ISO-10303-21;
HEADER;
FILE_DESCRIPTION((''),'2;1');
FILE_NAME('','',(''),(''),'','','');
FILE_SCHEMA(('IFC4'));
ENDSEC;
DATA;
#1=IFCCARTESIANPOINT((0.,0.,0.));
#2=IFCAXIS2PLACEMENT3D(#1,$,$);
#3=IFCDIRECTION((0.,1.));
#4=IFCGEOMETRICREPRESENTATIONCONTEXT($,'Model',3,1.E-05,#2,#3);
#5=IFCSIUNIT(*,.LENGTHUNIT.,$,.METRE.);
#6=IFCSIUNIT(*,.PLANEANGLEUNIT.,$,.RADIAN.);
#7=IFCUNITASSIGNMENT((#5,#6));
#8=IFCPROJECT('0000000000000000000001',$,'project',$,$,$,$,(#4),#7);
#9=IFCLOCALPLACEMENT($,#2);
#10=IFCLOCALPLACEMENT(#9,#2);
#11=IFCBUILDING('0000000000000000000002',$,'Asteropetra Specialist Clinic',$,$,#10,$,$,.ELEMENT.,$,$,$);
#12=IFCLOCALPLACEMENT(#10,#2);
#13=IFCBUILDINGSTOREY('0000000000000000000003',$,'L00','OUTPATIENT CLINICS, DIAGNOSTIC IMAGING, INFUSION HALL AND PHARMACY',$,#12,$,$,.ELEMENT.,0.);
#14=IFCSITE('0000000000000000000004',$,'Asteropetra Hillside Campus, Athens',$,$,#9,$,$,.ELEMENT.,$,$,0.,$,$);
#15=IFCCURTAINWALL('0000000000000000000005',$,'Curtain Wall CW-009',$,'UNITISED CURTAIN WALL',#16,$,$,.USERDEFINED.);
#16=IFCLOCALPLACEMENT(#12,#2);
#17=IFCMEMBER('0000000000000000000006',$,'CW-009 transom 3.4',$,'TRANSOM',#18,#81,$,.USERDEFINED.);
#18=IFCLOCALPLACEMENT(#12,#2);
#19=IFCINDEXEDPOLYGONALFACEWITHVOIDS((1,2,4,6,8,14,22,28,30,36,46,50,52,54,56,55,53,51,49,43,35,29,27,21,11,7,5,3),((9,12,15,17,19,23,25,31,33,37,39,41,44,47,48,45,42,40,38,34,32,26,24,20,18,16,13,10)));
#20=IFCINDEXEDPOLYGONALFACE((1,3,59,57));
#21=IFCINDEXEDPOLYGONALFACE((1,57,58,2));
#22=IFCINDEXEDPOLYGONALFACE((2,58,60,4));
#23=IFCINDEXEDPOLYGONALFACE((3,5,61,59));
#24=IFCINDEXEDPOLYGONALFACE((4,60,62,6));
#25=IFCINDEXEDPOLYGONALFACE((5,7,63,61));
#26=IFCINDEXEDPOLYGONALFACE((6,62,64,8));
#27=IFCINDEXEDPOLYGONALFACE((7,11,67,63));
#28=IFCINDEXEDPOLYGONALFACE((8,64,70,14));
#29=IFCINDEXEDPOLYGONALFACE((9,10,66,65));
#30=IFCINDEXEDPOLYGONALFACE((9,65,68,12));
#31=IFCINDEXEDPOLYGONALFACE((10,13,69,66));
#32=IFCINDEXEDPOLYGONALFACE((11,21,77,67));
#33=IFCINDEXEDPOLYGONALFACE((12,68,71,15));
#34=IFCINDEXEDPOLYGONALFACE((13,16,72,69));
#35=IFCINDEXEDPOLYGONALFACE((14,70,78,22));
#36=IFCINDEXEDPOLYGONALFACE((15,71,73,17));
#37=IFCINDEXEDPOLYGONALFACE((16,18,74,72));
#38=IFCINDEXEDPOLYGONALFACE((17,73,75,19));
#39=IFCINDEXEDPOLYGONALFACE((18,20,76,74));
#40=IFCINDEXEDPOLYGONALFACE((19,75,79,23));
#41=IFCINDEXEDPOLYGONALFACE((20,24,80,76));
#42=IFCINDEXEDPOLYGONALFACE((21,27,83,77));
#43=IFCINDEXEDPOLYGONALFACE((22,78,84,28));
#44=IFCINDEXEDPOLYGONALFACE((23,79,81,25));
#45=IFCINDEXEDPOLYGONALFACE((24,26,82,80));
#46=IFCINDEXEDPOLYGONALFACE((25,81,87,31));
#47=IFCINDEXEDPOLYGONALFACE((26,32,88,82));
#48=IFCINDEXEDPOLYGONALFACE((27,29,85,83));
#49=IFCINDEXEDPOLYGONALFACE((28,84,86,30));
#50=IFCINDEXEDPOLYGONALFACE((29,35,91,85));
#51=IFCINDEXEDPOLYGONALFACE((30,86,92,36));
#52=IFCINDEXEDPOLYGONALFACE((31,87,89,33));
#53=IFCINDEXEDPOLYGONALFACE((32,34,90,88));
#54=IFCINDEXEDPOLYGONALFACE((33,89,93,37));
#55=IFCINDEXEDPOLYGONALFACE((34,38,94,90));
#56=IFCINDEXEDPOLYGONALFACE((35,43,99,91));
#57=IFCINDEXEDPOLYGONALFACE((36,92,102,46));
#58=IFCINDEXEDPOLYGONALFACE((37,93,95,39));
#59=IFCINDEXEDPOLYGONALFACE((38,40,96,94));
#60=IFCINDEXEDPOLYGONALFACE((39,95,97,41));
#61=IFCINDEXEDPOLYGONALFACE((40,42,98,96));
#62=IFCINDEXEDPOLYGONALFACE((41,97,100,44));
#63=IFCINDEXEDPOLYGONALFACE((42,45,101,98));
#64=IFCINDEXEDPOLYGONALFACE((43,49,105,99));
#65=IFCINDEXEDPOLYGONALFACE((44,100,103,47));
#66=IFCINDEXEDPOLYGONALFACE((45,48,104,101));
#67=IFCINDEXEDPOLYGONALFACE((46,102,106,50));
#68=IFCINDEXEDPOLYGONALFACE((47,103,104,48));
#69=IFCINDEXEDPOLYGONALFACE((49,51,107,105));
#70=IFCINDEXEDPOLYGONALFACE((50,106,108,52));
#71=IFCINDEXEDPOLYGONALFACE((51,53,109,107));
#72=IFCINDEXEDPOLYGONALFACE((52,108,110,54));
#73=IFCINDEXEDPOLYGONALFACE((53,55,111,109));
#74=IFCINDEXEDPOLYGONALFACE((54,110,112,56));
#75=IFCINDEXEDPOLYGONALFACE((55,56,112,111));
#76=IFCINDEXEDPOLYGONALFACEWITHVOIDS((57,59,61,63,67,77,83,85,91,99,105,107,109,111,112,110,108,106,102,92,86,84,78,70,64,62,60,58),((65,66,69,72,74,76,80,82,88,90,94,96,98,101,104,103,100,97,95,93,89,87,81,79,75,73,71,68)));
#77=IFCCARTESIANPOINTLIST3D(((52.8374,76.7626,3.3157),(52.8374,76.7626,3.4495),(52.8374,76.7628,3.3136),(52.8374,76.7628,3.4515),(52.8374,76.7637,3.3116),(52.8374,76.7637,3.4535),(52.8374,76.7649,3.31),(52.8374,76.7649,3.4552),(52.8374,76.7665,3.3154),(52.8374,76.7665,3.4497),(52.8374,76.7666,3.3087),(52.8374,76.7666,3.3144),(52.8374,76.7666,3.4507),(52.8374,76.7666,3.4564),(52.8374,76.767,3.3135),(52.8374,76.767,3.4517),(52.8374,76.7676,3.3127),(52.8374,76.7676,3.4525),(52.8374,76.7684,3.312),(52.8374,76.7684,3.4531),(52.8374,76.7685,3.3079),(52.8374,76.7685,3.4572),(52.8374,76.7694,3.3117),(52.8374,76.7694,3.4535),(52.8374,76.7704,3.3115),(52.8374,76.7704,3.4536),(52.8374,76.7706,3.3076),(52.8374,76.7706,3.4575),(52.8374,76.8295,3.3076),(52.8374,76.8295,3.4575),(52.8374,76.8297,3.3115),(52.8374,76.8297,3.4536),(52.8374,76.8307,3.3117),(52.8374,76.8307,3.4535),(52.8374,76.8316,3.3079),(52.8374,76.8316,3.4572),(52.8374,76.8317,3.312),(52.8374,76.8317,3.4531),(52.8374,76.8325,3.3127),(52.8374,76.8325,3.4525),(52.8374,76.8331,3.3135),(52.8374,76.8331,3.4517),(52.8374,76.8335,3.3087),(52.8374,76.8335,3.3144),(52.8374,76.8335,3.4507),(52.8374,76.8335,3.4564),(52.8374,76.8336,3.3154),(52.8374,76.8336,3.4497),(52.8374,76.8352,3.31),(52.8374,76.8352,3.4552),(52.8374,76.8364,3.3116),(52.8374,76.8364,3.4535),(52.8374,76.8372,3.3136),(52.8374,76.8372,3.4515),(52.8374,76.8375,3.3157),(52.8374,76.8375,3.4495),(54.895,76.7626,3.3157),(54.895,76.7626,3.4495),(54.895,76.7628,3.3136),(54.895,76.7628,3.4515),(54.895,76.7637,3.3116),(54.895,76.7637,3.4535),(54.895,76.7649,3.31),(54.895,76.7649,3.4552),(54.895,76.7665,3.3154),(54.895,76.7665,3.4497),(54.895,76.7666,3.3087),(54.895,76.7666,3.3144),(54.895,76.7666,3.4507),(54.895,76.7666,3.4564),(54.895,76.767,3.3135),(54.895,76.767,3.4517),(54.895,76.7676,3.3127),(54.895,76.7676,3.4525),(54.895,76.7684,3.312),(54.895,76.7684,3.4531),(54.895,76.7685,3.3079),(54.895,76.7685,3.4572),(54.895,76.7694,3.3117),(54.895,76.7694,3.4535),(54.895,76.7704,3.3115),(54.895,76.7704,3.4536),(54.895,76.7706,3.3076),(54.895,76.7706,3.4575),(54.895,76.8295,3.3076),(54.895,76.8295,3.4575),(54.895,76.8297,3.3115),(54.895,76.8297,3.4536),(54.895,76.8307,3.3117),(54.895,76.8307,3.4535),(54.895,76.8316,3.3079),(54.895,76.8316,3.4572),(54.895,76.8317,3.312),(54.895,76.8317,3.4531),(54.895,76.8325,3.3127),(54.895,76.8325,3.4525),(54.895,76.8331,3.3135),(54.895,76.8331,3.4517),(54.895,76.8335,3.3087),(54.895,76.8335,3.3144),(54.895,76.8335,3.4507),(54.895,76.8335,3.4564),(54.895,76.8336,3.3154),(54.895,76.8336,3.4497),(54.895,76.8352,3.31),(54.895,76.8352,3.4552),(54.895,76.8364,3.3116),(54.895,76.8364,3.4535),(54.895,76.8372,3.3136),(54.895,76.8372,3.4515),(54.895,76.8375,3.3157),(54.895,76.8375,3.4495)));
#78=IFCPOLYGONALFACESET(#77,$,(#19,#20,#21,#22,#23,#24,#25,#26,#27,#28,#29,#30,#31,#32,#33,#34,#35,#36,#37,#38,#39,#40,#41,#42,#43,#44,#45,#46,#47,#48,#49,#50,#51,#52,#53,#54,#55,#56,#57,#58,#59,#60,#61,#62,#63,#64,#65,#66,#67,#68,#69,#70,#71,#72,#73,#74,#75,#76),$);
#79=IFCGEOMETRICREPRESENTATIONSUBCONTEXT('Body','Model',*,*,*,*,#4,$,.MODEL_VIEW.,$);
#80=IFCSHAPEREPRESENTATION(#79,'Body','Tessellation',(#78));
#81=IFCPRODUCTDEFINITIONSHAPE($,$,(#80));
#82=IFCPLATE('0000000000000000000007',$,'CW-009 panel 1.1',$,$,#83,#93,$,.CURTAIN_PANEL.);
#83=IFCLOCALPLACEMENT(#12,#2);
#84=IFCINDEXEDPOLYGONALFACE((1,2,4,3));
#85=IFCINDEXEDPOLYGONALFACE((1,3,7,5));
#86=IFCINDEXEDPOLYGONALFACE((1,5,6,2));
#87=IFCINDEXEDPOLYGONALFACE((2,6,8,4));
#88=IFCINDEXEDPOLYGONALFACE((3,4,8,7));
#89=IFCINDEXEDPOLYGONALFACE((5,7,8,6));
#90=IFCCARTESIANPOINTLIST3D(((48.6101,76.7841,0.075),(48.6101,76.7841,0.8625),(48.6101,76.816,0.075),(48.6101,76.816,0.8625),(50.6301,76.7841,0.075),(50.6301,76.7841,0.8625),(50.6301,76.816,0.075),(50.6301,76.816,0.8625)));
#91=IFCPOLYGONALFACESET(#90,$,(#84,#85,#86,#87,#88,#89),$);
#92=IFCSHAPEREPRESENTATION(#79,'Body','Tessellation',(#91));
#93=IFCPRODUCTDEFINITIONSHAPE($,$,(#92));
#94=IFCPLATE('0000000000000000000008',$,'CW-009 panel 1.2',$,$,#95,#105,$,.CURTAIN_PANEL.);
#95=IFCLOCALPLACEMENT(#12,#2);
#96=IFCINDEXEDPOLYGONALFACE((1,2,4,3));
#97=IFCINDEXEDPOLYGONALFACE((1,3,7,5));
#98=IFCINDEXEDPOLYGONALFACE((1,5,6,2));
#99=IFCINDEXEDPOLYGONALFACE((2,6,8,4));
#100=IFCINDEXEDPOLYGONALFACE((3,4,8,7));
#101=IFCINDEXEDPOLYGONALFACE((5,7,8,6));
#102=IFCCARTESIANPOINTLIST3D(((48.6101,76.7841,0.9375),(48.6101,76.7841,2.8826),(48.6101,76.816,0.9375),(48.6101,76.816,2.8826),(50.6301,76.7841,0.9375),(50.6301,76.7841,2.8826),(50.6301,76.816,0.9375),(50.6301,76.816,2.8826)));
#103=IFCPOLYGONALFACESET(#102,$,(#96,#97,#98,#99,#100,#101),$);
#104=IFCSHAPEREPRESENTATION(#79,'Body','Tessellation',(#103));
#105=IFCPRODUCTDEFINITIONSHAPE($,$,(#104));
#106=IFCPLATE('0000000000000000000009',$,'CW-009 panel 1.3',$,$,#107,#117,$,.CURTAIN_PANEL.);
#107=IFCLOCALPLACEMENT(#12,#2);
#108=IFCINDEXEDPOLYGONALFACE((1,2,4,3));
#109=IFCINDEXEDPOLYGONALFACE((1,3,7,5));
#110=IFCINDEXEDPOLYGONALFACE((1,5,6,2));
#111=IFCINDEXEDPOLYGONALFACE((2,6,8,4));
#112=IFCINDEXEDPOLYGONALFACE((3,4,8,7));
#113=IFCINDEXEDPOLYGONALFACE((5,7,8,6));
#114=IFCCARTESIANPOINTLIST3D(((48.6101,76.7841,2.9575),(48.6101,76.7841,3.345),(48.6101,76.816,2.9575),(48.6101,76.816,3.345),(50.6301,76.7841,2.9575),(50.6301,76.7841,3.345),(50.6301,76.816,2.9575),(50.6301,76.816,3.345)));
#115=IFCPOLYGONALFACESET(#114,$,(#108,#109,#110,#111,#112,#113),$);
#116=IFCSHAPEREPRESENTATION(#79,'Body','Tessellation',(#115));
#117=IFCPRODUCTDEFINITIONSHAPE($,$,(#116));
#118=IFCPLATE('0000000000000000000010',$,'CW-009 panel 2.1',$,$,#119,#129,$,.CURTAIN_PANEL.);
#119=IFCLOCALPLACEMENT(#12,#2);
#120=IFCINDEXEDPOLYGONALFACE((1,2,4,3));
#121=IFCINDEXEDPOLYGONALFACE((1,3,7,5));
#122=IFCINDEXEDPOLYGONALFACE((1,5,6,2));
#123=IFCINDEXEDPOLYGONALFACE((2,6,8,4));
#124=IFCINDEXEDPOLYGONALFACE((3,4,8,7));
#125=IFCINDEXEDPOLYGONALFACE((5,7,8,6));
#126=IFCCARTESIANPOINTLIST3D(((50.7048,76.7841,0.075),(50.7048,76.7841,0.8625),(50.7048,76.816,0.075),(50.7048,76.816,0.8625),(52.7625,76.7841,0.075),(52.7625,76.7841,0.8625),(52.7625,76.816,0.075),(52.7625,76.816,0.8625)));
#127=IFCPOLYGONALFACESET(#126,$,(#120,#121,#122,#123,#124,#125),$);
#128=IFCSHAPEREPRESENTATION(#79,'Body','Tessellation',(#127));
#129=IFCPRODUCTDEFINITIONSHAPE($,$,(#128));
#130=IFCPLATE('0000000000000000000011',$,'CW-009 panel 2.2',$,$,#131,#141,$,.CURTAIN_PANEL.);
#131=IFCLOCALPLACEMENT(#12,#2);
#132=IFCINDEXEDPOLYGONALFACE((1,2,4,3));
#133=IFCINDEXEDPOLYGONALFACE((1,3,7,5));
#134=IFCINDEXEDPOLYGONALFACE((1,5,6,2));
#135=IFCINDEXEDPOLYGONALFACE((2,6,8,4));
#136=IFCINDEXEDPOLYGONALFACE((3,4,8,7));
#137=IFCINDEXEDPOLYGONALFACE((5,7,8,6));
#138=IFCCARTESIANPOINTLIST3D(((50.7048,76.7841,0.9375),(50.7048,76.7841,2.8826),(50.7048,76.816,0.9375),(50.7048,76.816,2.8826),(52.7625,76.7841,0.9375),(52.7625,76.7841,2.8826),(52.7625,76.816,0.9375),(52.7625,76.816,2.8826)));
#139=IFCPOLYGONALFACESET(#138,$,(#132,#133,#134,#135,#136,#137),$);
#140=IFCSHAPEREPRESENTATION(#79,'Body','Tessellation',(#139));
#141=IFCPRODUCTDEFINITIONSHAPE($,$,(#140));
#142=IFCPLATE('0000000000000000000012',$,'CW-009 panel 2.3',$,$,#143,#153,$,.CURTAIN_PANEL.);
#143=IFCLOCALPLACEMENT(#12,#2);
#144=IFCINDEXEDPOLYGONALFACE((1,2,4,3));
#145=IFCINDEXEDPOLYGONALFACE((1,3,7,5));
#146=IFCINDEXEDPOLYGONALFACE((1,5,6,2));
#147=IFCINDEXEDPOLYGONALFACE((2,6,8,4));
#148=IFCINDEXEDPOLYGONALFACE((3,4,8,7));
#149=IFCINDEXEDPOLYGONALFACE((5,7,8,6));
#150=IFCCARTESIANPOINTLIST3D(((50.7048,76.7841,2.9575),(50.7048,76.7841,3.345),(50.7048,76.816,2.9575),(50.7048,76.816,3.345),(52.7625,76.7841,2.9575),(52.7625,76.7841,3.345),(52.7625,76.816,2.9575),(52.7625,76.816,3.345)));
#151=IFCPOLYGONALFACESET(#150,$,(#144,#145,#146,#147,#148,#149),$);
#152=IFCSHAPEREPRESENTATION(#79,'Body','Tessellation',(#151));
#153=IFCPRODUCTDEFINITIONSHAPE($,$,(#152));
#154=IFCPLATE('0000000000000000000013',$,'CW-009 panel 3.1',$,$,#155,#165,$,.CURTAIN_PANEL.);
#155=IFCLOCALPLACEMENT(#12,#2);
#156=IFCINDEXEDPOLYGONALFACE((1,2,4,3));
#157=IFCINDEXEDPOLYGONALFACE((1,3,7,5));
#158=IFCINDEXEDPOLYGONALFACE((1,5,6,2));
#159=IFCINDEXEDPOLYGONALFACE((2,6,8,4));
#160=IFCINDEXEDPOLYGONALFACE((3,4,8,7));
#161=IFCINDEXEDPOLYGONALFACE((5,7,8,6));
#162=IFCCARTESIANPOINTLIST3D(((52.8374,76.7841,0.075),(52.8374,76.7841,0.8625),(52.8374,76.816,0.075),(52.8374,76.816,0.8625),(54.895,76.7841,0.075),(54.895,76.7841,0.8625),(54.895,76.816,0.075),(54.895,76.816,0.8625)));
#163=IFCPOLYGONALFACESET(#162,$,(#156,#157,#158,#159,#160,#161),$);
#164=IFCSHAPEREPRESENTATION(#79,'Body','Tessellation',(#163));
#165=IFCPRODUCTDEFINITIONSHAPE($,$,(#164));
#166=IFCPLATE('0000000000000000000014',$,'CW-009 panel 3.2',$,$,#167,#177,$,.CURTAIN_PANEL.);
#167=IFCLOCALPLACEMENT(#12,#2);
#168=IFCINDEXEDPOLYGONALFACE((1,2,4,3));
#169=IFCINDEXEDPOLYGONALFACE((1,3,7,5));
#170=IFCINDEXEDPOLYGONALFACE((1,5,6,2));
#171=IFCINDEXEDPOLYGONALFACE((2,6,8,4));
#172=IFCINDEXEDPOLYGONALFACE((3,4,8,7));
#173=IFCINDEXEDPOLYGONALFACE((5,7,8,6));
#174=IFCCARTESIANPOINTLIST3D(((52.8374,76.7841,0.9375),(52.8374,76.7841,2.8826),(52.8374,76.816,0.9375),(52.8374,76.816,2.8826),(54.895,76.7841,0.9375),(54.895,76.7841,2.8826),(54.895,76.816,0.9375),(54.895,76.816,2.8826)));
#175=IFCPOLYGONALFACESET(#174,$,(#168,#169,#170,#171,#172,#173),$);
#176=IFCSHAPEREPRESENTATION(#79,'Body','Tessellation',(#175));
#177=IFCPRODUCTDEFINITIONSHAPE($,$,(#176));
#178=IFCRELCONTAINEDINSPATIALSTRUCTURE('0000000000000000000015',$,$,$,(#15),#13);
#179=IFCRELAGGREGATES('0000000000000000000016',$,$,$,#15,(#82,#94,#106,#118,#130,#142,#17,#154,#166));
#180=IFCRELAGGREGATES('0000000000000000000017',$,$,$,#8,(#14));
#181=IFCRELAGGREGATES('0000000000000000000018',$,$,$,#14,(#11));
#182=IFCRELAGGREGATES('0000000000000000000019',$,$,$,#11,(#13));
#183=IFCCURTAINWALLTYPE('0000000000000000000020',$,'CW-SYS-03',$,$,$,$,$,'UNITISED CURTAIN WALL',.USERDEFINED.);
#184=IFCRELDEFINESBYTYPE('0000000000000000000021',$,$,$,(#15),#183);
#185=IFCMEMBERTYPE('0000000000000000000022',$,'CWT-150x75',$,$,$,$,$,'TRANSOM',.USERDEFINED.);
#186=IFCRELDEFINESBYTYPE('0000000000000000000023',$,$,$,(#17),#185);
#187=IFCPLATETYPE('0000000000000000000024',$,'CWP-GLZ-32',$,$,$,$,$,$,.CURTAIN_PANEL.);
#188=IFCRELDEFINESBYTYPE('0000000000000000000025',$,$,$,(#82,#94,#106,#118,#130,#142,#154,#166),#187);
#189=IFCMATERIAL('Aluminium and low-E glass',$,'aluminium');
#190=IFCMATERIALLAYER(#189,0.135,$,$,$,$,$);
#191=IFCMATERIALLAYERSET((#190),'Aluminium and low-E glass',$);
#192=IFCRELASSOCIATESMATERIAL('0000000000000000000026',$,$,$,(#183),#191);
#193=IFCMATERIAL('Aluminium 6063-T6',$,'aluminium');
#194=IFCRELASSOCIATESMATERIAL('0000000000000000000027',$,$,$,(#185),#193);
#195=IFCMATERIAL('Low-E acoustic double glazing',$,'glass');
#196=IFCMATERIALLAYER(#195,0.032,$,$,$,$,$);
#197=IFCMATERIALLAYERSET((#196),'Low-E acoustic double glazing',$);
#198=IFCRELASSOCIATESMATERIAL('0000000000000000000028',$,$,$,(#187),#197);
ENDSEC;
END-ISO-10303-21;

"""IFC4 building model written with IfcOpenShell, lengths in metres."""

from ifc_helpers import new_model, si_unit, direction, frame, origin, origin_2d, place, context, subcontext, project, spatial, rectangle, hollow_rectangle, extrude, material, layer, layer_set, material_profile, profile_set, type_object, element, aggregate, save


model = new_model("IFC4")

# Units and contexts
model_context = context("Model", 3, precision=1e-05, world=origin(), true_north=direction((0.0, 1.0)))
body_context = subcontext(model_context, "Body", "Model", "MODEL_VIEW")
ifc_project = project(units=[si_unit("LENGTHUNIT", "METRE"), si_unit("PLANEANGLEUNIT", "RADIAN")], contexts=[model_context])

# Site, building, storey
site_placement = place(None, origin())
site = spatial("IfcSite", under=ifc_project, at=site_placement, Name="Asteropetra Hillside Campus, Athens", CompositionType="ELEMENT", RefElevation=0.0)
building_placement = place(site_placement, origin())
building = spatial("IfcBuilding", under=site, at=building_placement, Name="Asteropetra Specialist Clinic", CompositionType="ELEMENT")
storey_placement = place(building_placement, origin())
storey = spatial("IfcBuildingStorey", under=building, at=storey_placement, Name="L00", Description="OUTPATIENT CLINICS, DIAGNOSTIC IMAGING, INFUSION HALL AND PHARMACY", CompositionType="ELEMENT", Elevation=0.0)

# Curtain wall, member, plates
ifc_material_1 = material(Name="Aluminium and low-E glass", Category="aluminium")
ifc_layer_1 = layer(ifc_material_1, 0.135)
ifc_layer_set_1 = layer_set([ifc_layer_1], Name="Aluminium and low-E glass")
curtain_wall_type = type_object("IfcCurtainWallType", Name="CW-SYS-03", ElementType="UNITISED CURTAIN WALL", PredefinedType="USERDEFINED", material=ifc_layer_set_1)
curtain_wall_placement = place(storey_placement, origin())
curtain_wall = element("IfcCurtainWall", 1, at=curtain_wall_placement, inside=storey, type_object=curtain_wall_type, Name="Curtain Wall CW-009", ObjectType="UNITISED CURTAIN WALL", PredefinedType="USERDEFINED")
ifc_material_2 = material(Name="Aluminium 6063-T6", Category="aluminium")
ifc_material_profile_1 = material_profile(ifc_material_2, hollow_rectangle(XDim=0.075, YDim=0.1499, WallThickness=0.0039, InnerFilletRadius=0.0039, OuterFilletRadius=0.0081, at=origin_2d()), Name="TRN 150x75x4.0")
ifc_profile_set_1 = profile_set([ifc_material_profile_1], Name="Aluminium 6063-T6")
member_type_1 = type_object("IfcMemberType", Name="CWT-150x75", ElementType="TRANSOM", PredefinedType="USERDEFINED", material=ifc_profile_set_1)
member_1_placement = place(storey_placement, frame((52.8374, 76.8, 3.3826), z_axis=(1.0, 0.0, 0.0), x_axis=(0.0, 1.0, 0.0)))
member_1 = element("IfcMember", 2, at=member_1_placement, type_object=member_type_1, Name="CW-009 transom 3.4", ObjectType="TRANSOM", PredefinedType="USERDEFINED", context=body_context, shape_type="SweptSolid", body=[
    extrude(hollow_rectangle(XDim=0.075, YDim=0.1499, WallThickness=0.0039, InnerFilletRadius=0.0039, OuterFilletRadius=0.0081, at=origin_2d()), origin(), (0.0, 0.0, 1.0), 2.0576),
])
ifc_material_3 = material(Name="Low-E acoustic double glazing", Category="glass")
ifc_layer_2 = layer(ifc_material_3, 0.032)
ifc_layer_set_2 = layer_set([ifc_layer_2], Name="Low-E acoustic double glazing")
plate_type = type_object("IfcPlateType", Name="CWP-GLZ-32", PredefinedType="CURTAIN_PANEL", material=ifc_layer_set_2)
plate_1_placement = place(storey_placement, frame((49.6201, 76.8, 0.075), z_axis=(0.0, 0.0, 1.0), x_axis=(1.0, 0.0, 0.0)))
plate_1 = element("IfcPlate", 3, at=plate_1_placement, type_object=plate_type, Name="CW-009 panel 1.1", PredefinedType="CURTAIN_PANEL", context=body_context, shape_type="SweptSolid", body=[
    extrude(rectangle(XDim=2.02, YDim=0.032, at=origin_2d()), origin(), (0.0, 0.0, 1.0), 0.7876),
])
plate_2_placement = place(storey_placement, frame((49.6201, 76.8, 0.9375), z_axis=(0.0, 0.0, 1.0), x_axis=(1.0, 0.0, 0.0)))
plate_2 = element("IfcPlate", 4, at=plate_2_placement, type_object=plate_type, Name="CW-009 panel 1.2", PredefinedType="CURTAIN_PANEL", context=body_context, shape_type="SweptSolid", body=[
    extrude(rectangle(XDim=2.02, YDim=0.032, at=origin_2d()), origin(), (0.0, 0.0, 1.0), 1.9451),
])
plate_3_placement = place(storey_placement, frame((49.6201, 76.8, 2.9575), z_axis=(0.0, 0.0, 1.0), x_axis=(1.0, 0.0, 0.0)))
plate_3 = element("IfcPlate", 5, at=plate_3_placement, type_object=plate_type, Name="CW-009 panel 1.3", PredefinedType="CURTAIN_PANEL", context=body_context, shape_type="SweptSolid", body=[
    extrude(rectangle(XDim=2.02, YDim=0.032, at=origin_2d()), origin(), (0.0, 0.0, 1.0), 0.3875),
])
plate_4_placement = place(storey_placement, frame((51.7336, 76.8, 0.075), z_axis=(0.0, 0.0, 1.0), x_axis=(1.0, 0.0, 0.0)))
plate_4 = element("IfcPlate", 6, at=plate_4_placement, type_object=plate_type, Name="CW-009 panel 2.1", PredefinedType="CURTAIN_PANEL", context=body_context, shape_type="SweptSolid", body=[
    extrude(rectangle(XDim=2.0576, YDim=0.032, at=origin_2d()), origin(), (0.0, 0.0, 1.0), 0.7876),
])
plate_5_placement = place(storey_placement, frame((51.7336, 76.8, 0.9375), z_axis=(0.0, 0.0, 1.0), x_axis=(1.0, 0.0, 0.0)))
plate_5 = element("IfcPlate", 7, at=plate_5_placement, type_object=plate_type, Name="CW-009 panel 2.2", PredefinedType="CURTAIN_PANEL", context=body_context, shape_type="SweptSolid", body=[
    extrude(rectangle(XDim=2.0576, YDim=0.032, at=origin_2d()), origin(), (0.0, 0.0, 1.0), 1.9451),
])
plate_6_placement = place(storey_placement, frame((51.7336, 76.8, 2.9575), z_axis=(0.0, 0.0, 1.0), x_axis=(1.0, 0.0, 0.0)))
plate_6 = element("IfcPlate", 8, at=plate_6_placement, type_object=plate_type, Name="CW-009 panel 2.3", PredefinedType="CURTAIN_PANEL", context=body_context, shape_type="SweptSolid", body=[
    extrude(rectangle(XDim=2.0576, YDim=0.032, at=origin_2d()), origin(), (0.0, 0.0, 1.0), 0.3875),
])
plate_7_placement = place(storey_placement, frame((53.8662, 76.8, 0.075), z_axis=(0.0, 0.0, 1.0), x_axis=(1.0, 0.0, 0.0)))
plate_7 = element("IfcPlate", 9, at=plate_7_placement, type_object=plate_type, Name="CW-009 panel 3.1", PredefinedType="CURTAIN_PANEL", context=body_context, shape_type="SweptSolid", body=[
    extrude(rectangle(XDim=2.0576, YDim=0.032, at=origin_2d()), origin(), (0.0, 0.0, 1.0), 0.7876),
])
plate_8_placement = place(storey_placement, frame((53.8662, 76.8, 0.9375), z_axis=(0.0, 0.0, 1.0), x_axis=(1.0, 0.0, 0.0)))
plate_8 = element("IfcPlate", 10, at=plate_8_placement, type_object=plate_type, Name="CW-009 panel 3.2", PredefinedType="CURTAIN_PANEL", context=body_context, shape_type="SweptSolid", body=[
    extrude(rectangle(XDim=2.0576, YDim=0.032, at=origin_2d()), origin(), (0.0, 0.0, 1.0), 1.9451),
])
aggregate(curtain_wall, [plate_1, plate_2, plate_3, plate_4, plate_5, plate_6, member_1, plate_7, plate_8])

save(model, "model.ifc")
